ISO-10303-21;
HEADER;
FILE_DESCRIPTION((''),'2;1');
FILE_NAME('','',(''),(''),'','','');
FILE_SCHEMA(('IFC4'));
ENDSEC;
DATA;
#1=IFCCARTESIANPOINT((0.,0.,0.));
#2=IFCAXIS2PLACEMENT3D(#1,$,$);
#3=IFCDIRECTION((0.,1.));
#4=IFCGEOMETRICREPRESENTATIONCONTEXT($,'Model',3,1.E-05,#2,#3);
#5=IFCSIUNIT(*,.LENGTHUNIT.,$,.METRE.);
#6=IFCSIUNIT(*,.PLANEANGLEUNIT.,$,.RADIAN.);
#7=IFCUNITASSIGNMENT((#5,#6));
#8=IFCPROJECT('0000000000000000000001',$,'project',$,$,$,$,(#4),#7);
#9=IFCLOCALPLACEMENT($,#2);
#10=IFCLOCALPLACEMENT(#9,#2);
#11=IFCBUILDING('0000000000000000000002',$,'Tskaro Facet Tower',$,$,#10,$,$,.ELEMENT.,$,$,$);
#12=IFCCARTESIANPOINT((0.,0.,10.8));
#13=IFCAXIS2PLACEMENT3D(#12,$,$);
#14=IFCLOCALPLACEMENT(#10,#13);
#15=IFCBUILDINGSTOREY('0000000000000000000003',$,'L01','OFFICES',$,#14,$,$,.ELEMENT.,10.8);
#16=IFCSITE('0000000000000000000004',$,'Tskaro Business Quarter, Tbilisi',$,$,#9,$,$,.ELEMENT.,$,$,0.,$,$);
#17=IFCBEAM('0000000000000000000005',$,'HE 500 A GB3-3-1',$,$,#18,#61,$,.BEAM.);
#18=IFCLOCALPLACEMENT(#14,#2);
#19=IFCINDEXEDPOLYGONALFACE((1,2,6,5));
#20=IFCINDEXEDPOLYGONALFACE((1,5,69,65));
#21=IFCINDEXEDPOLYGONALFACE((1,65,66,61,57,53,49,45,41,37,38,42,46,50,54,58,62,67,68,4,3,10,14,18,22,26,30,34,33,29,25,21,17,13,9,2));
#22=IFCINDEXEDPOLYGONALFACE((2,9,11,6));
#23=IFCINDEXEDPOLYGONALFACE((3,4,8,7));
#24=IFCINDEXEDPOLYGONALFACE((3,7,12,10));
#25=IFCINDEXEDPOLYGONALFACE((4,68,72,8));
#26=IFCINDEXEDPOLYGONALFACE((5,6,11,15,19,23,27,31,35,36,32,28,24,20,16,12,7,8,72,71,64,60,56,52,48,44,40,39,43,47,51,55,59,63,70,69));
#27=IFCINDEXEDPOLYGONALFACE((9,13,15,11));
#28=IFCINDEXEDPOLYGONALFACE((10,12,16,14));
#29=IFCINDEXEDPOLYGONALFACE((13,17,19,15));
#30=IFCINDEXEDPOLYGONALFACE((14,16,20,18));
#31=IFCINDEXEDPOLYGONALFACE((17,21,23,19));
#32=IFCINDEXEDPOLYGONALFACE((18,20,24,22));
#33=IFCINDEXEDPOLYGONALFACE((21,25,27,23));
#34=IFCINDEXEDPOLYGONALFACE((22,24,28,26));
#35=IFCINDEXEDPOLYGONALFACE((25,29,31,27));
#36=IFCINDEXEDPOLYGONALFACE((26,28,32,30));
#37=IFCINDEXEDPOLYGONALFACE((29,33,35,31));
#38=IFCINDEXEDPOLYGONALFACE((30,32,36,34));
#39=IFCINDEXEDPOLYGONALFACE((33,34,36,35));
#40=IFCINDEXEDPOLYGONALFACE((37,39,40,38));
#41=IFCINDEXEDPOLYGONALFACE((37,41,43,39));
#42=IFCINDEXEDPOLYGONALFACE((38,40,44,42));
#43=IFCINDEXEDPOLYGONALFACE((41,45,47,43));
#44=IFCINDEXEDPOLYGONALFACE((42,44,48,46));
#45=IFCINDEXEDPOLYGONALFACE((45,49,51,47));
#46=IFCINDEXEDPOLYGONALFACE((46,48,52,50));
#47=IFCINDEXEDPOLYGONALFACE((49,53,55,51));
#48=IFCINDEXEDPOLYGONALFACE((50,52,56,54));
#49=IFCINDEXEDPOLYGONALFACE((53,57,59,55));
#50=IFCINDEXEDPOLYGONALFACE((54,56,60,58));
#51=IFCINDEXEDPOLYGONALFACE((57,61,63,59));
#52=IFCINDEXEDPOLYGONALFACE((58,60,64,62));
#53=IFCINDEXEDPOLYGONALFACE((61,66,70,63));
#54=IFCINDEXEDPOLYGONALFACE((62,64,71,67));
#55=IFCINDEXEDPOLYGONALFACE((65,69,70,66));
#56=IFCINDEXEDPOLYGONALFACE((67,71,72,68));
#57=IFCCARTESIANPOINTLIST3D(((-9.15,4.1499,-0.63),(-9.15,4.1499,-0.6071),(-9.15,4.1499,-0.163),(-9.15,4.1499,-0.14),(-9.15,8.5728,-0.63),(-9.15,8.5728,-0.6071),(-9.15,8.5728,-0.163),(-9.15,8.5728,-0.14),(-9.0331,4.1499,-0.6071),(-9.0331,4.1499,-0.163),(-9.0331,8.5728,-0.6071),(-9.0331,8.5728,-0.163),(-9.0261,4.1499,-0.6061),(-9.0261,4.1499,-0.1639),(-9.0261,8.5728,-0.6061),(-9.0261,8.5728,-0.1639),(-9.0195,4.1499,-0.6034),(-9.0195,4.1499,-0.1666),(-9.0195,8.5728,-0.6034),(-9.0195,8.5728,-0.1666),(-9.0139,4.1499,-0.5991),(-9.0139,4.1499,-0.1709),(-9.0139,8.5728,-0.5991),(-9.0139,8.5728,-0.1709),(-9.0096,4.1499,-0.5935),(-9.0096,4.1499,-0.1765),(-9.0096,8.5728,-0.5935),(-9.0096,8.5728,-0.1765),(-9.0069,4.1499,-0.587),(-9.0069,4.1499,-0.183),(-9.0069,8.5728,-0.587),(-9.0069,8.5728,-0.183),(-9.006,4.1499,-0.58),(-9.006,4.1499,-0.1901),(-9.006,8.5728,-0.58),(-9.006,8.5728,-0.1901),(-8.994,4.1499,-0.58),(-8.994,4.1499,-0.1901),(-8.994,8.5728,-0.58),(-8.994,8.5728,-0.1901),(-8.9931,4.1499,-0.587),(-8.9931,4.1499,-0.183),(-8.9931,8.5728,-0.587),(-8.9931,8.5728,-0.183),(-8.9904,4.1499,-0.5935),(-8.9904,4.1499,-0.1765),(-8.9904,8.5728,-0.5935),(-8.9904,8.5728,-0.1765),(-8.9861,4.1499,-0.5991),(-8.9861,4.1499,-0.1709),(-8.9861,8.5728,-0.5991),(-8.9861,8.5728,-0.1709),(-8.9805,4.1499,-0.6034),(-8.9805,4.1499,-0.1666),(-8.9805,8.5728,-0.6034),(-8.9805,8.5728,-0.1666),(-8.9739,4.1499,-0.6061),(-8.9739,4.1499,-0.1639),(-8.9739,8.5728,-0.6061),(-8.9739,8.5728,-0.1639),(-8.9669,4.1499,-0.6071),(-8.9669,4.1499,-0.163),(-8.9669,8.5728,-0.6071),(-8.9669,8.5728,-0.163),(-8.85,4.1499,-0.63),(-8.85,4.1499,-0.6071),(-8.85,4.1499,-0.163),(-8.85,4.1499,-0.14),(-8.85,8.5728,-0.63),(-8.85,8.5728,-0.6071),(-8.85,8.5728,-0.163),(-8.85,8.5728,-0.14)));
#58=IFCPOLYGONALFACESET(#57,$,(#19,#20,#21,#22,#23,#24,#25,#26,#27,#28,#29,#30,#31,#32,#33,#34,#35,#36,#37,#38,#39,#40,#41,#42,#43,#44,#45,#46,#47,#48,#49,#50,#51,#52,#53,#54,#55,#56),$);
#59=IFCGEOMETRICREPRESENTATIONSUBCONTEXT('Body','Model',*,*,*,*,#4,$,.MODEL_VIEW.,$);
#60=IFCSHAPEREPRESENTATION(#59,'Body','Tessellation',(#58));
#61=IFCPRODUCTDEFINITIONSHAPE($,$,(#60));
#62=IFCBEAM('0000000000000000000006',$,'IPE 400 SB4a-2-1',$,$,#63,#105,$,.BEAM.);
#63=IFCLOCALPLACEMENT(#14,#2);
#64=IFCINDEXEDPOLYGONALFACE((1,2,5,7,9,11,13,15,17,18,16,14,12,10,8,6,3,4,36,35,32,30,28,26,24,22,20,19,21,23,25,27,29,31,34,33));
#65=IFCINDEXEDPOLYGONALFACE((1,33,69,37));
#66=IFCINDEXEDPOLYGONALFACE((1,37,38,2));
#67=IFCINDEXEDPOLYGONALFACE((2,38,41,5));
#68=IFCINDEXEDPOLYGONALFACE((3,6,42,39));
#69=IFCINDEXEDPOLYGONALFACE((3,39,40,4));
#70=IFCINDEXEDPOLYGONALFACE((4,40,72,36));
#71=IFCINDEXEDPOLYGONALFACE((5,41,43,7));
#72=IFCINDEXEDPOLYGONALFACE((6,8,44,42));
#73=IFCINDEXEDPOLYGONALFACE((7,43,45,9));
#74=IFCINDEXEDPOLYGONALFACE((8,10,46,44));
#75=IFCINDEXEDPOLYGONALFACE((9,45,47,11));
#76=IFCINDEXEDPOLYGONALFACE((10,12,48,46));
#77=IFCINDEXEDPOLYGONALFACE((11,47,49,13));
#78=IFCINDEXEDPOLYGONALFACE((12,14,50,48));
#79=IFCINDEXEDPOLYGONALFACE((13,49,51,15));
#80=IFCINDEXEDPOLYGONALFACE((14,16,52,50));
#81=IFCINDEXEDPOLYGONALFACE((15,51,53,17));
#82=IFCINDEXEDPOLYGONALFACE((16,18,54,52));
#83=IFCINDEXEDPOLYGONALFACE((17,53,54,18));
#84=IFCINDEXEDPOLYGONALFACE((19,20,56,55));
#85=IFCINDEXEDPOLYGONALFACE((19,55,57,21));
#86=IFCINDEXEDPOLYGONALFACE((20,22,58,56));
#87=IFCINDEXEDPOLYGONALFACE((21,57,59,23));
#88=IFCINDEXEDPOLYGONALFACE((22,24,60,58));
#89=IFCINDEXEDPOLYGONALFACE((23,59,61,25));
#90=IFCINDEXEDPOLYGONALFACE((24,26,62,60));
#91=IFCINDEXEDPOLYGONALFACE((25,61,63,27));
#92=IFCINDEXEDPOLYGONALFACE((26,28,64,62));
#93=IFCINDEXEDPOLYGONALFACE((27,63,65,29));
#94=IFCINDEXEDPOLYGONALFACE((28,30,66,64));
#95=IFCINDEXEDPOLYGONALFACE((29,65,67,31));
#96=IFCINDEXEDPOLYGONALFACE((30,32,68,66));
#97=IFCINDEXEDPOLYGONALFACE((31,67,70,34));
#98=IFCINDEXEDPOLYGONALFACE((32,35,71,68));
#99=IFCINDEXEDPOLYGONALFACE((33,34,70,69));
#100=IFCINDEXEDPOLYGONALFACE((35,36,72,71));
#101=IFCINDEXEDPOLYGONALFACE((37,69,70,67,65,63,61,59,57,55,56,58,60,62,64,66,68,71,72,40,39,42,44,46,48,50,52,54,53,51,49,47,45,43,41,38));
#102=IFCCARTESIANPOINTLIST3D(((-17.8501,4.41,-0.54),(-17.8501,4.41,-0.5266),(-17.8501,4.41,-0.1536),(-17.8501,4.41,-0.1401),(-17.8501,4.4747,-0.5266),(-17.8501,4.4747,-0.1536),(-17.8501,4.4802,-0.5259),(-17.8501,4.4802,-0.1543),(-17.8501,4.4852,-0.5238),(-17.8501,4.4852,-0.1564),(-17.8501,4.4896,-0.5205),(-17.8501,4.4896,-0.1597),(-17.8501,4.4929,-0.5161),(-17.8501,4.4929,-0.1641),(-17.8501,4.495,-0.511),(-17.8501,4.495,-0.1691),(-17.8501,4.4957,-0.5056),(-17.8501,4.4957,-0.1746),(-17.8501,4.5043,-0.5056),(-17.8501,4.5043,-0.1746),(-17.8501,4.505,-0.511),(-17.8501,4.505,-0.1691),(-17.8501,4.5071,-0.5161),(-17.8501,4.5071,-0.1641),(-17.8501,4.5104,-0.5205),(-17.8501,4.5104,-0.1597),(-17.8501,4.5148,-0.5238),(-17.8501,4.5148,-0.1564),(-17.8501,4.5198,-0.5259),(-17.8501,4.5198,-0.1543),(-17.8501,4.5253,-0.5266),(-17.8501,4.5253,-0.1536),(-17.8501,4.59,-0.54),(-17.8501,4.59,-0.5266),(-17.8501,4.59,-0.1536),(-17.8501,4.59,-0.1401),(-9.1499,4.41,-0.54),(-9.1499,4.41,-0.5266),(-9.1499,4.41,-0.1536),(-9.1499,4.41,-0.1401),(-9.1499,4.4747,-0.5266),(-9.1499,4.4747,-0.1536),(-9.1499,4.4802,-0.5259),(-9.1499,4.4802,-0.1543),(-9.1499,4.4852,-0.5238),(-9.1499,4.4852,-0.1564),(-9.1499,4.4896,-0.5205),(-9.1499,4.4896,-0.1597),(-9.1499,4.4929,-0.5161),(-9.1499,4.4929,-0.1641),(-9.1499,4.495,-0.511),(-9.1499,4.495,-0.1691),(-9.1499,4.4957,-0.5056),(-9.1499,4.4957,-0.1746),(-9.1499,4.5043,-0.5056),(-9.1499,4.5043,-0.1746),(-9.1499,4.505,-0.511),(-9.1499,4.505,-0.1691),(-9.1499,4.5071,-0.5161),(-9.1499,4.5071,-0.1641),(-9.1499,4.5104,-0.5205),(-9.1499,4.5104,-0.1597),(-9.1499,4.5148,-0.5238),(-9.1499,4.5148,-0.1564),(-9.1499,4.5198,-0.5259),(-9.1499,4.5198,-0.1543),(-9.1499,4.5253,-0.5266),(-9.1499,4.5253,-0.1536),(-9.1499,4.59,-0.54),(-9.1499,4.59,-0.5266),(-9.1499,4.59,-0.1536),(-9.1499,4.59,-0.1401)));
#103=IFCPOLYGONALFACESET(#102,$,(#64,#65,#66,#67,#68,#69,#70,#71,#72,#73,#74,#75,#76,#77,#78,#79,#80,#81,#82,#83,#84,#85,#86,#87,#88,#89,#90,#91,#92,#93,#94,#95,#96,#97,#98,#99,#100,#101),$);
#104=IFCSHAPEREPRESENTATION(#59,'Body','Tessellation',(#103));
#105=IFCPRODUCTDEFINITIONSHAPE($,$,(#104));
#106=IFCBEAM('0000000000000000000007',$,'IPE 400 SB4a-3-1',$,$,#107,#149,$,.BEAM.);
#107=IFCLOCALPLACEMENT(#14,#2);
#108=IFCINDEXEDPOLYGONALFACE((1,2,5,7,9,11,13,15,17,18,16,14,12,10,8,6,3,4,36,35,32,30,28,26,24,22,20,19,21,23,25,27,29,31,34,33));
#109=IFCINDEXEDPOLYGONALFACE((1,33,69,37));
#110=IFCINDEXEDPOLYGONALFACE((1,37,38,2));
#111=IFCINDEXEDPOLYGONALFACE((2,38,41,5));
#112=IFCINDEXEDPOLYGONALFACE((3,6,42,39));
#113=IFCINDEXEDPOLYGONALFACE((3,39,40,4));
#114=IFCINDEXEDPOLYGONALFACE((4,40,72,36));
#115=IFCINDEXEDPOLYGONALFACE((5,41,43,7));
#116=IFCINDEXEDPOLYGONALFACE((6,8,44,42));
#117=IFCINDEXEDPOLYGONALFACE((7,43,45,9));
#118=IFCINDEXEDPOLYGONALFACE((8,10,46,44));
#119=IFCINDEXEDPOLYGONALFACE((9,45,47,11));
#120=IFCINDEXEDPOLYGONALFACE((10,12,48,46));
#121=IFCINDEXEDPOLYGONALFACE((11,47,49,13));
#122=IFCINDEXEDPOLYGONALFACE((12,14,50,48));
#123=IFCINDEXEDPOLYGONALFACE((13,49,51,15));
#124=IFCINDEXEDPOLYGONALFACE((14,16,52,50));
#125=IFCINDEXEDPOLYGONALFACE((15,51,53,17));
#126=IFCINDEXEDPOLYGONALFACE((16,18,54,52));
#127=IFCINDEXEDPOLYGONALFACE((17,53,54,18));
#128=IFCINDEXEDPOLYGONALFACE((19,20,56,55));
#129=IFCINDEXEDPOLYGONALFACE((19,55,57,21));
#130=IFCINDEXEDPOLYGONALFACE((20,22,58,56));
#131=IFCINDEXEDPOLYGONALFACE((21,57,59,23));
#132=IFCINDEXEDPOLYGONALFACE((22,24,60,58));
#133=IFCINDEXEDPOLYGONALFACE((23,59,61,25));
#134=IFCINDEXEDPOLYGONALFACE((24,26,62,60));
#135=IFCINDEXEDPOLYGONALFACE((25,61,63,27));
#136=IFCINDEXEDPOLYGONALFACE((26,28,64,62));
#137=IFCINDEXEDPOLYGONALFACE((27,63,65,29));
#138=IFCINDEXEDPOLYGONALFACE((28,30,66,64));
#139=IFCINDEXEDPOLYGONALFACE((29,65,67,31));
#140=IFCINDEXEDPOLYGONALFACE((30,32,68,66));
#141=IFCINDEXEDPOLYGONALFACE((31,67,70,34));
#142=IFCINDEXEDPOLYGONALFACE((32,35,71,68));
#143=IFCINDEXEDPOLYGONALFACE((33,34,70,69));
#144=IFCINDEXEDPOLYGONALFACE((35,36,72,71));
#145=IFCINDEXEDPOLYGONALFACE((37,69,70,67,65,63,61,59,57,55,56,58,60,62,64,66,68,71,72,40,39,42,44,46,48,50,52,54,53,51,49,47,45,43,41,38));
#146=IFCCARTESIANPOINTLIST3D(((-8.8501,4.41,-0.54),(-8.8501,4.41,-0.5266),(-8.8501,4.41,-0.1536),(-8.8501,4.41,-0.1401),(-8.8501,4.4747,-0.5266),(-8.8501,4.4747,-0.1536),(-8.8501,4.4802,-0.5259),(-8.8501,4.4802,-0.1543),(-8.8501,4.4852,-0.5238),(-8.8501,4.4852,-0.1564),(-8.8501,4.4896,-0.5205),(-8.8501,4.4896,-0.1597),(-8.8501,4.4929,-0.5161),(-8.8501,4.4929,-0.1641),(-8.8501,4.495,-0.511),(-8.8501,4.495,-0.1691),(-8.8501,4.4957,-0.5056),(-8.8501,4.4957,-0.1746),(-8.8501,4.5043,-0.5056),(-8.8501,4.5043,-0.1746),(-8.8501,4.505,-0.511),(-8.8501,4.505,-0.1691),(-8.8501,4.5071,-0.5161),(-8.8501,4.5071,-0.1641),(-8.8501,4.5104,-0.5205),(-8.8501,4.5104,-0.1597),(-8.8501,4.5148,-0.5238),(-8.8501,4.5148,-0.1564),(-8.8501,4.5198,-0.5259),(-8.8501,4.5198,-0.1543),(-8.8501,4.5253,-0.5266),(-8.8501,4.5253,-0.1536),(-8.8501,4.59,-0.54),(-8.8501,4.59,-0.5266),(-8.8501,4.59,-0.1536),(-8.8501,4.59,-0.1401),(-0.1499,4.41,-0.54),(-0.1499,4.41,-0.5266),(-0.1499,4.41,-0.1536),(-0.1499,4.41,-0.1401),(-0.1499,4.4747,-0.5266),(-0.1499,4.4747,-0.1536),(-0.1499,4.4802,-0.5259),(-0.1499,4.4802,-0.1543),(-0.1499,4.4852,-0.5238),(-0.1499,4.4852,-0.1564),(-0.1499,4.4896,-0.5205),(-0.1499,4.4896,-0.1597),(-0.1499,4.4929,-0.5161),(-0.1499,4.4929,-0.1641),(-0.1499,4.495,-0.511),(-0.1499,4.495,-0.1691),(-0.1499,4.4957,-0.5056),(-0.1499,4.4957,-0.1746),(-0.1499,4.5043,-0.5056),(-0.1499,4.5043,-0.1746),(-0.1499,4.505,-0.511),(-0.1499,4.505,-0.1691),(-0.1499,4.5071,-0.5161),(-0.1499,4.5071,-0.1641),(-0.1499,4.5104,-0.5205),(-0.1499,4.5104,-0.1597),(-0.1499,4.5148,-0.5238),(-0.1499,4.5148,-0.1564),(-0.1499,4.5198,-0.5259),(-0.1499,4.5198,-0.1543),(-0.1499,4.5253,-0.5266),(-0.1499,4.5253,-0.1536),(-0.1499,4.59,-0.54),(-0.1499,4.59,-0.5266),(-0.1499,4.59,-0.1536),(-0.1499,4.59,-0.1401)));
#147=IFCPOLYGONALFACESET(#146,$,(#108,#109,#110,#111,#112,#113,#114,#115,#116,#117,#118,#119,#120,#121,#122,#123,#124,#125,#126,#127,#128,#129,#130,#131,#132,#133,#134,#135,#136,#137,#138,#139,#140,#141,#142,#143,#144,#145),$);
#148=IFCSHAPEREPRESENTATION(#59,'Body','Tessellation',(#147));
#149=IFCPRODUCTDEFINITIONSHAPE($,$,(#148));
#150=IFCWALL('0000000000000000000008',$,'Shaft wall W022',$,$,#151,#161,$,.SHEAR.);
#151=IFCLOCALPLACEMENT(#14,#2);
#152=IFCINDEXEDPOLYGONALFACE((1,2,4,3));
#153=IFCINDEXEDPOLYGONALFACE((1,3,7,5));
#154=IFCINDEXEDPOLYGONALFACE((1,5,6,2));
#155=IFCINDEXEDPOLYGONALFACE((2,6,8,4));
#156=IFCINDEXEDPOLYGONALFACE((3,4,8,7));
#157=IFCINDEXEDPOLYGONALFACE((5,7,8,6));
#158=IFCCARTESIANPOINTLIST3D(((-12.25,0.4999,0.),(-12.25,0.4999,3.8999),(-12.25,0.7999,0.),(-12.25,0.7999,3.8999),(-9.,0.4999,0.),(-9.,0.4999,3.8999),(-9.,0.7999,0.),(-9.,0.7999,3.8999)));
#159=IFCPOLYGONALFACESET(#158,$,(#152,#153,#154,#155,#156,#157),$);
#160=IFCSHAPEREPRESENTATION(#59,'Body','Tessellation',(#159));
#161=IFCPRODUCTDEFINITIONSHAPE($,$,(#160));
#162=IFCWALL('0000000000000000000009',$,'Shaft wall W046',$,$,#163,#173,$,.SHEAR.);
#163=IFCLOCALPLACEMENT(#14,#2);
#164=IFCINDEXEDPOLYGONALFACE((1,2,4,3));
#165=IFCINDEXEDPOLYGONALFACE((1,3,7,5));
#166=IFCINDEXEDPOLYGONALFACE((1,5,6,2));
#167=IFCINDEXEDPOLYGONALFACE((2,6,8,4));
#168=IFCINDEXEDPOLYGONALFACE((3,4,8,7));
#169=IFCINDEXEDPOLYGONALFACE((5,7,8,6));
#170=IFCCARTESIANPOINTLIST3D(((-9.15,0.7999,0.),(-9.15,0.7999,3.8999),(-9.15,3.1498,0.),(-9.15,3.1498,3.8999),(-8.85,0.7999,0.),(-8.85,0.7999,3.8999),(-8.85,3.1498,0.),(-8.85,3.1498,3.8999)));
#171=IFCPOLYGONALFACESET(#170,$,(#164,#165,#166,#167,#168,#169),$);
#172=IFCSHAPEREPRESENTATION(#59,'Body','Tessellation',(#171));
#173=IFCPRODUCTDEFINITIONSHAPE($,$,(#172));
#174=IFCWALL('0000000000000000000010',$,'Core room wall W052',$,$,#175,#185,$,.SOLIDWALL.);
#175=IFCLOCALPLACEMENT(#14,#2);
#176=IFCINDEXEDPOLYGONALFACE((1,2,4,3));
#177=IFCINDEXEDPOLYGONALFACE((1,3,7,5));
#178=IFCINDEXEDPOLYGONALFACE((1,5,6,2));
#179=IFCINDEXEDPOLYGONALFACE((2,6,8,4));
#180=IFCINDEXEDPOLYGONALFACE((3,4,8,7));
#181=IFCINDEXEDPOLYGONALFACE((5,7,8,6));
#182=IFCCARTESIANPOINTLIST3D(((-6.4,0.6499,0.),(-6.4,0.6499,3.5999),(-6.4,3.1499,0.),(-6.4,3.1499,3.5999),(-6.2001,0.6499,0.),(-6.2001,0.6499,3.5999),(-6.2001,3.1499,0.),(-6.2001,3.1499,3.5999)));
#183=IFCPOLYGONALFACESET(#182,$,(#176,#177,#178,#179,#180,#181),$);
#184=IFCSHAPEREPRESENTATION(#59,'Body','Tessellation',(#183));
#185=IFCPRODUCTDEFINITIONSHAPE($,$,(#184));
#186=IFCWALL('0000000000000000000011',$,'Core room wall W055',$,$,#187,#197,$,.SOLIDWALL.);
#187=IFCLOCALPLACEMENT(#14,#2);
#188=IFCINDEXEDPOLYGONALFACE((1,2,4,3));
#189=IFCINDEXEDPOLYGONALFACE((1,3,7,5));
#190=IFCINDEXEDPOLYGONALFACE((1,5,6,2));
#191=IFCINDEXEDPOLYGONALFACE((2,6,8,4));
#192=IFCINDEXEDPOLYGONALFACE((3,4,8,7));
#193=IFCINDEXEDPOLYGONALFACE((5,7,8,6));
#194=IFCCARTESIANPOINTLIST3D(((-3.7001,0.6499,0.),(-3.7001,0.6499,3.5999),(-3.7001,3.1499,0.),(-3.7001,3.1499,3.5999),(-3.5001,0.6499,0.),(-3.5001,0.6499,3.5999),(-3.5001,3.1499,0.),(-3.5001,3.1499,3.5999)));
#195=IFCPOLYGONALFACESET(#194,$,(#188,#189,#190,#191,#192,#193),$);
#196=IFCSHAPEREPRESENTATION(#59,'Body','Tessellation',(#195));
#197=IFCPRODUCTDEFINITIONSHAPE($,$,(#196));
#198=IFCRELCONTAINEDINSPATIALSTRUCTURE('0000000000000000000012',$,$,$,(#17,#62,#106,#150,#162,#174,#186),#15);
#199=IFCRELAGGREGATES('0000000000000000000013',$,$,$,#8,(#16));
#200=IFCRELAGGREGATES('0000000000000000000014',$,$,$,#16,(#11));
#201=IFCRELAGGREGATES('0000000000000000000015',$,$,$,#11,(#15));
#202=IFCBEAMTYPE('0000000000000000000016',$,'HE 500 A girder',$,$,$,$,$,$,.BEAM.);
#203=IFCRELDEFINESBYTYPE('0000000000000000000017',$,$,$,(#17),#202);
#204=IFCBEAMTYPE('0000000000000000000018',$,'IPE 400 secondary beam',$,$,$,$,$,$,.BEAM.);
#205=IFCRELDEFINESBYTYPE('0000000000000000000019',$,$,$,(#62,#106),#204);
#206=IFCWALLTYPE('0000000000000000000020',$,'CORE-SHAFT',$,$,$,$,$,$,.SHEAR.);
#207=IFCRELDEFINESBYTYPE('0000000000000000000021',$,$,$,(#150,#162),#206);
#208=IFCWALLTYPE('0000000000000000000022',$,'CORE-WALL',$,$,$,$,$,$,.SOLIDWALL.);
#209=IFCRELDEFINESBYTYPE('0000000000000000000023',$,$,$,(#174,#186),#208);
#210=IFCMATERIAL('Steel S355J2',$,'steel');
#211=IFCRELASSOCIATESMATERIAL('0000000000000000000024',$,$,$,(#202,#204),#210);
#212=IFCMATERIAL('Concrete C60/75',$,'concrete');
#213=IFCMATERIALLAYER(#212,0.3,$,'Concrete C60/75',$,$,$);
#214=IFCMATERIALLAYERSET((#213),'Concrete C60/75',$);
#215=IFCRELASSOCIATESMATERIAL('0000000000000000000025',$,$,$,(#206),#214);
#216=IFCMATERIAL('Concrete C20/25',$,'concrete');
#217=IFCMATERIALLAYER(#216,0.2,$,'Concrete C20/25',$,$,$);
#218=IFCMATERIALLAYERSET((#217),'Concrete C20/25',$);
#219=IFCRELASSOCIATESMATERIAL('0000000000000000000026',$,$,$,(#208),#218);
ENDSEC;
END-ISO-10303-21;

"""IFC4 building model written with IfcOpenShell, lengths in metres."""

from ifc_helpers import new_model, si_unit, direction, frame, frame_2d, origin, origin_2d, place, context, subcontext, project, spatial, rectangle, i_section, extrude, material, layer, layer_set, material_profile, profile_set, type_object, element, save


model = new_model("IFC4")

# Units and contexts
model_context = context("Model", 3, precision=1e-05, world=origin(), true_north=direction((0.0, 1.0)))
body_context = subcontext(model_context, "Body", "Model", "MODEL_VIEW")
ifc_project = project(units=[si_unit("LENGTHUNIT", "METRE"), si_unit("PLANEANGLEUNIT", "RADIAN")], contexts=[model_context])

# Site, building, storey
site_placement = place(None, origin())
site = spatial("IfcSite", under=ifc_project, at=site_placement, Name="Tskaro Business Quarter, Tbilisi", CompositionType="ELEMENT", RefElevation=0.0)
building_placement = place(site_placement, origin())
building = spatial("IfcBuilding", under=site, at=building_placement, Name="Tskaro Facet Tower", CompositionType="ELEMENT")
storey_placement = place(building_placement, frame((0.0, 0.0, 10.8)))
storey = spatial("IfcBuildingStorey", under=building, at=storey_placement, Name="L01", Description="OFFICES", CompositionType="ELEMENT", Elevation=10.8)

# Beams
ifc_material_1 = material(Name="Steel S355J2", Category="steel")
ifc_material_profile_1 = material_profile(ifc_material_1, i_section(OverallWidth=0.3, OverallDepth=0.49, WebThickness=0.012, FlangeThickness=0.0229, FilletRadius=0.0271, at=origin_2d()), Name="HE 500 A")
ifc_profile_set_1 = profile_set([ifc_material_profile_1], Name="Steel S355J2")
beam_type_1 = type_object("IfcBeamType", Name="HE 500 A girder", PredefinedType="BEAM", material=ifc_profile_set_1)
beam_placement = place(storey_placement, frame((-9.0, 4.1499, -0.385), z_axis=(0.0, 1.0, 0.0), x_axis=(-1.0, 0.0, 0.0)))
element("IfcBeam", 1, at=beam_placement, inside=storey, type_object=beam_type_1, Name="HE 500 A GB3-3-1", PredefinedType="BEAM", context=body_context, shape_type="SweptSolid", body=[
    extrude(i_section(OverallWidth=0.3, OverallDepth=0.49, WebThickness=0.012, FlangeThickness=0.0229, FilletRadius=0.0271, at=origin_2d()), origin(), (0.0, 0.0, 1.0), 4.4229),
])
ifc_material_profile_2 = material_profile(ifc_material_1, i_section(OverallWidth=0.1799, OverallDepth=0.3999, WebThickness=0.0085, FlangeThickness=0.0134, FilletRadius=0.021, at=origin_2d()), Name="IPE 400")
ifc_profile_set_2 = profile_set([ifc_material_profile_2], Name="Steel S355J2")
beam_type_2 = type_object("IfcBeamType", Name="IPE 400 secondary beam", PredefinedType="BEAM", material=ifc_profile_set_2)
for number, where, z_axis, x_axis, name in (
    (2, (-17.8501, 4.5, -0.3401), (1.0, 0.0, 0.0), (0.0, 1.0, 0.0), "IPE 400 SB4a-2-1"),
    (3, (-8.8501, 4.5, -0.3401), (1.0, 0.0, 0.0), (0.0, 1.0, 0.0), "IPE 400 SB4a-3-1"),
):
    element("IfcBeam", number, at=place(storey_placement, frame(where, z_axis=z_axis, x_axis=x_axis)), inside=storey, type_object=beam_type_2, Name=name, PredefinedType="BEAM", context=body_context, shape_type="SweptSolid", body=[
        extrude(i_section(OverallWidth=0.1799, OverallDepth=0.3999, WebThickness=0.0085, FlangeThickness=0.0134, FilletRadius=0.021, at=origin_2d()), origin(), (0.0, 0.0, 1.0), 8.7002),
    ])

# Walls
ifc_material_2 = material(Name="Concrete C60/75", Category="concrete")
ifc_layer_1 = layer(ifc_material_2, 0.3, Name="Concrete C60/75")
ifc_layer_set_1 = layer_set([ifc_layer_1], Name="Concrete C60/75")
wall_type_1 = type_object("IfcWallType", Name="CORE-SHAFT", PredefinedType="SHEAR", material=ifc_layer_set_1)
wall_1_placement = place(storey_placement, frame((-9.0, 0.6499, 0.0), z_axis=(0.0, 0.0, 1.0), x_axis=(-1.0, 0.0, 0.0)))
element("IfcWall", 4, at=wall_1_placement, inside=storey, type_object=wall_type_1, Name="Shaft wall W022", PredefinedType="SHEAR", context=body_context, shape_type="SweptSolid", body=[
    extrude(rectangle(XDim=3.25, YDim=0.3, at=frame_2d((1.625, 0.0))), origin(), (0.0, 0.0, 1.0), 3.8999),
])
wall_2_placement = place(storey_placement, frame((-9.0, 0.8, 0.0), z_axis=(0.0, 0.0, 1.0), x_axis=(0.0, 1.0, 0.0)))
element("IfcWall", 5, at=wall_2_placement, inside=storey, type_object=wall_type_1, Name="Shaft wall W046", PredefinedType="SHEAR", context=body_context, shape_type="SweptSolid", body=[
    extrude(rectangle(XDim=2.3499, YDim=0.3, at=frame_2d((1.1748, 0.0))), origin(), (0.0, 0.0, 1.0), 3.8999),
])
ifc_material_3 = material(Name="Concrete C20/25", Category="concrete")
ifc_layer_2 = layer(ifc_material_3, 0.2, Name="Concrete C20/25")
ifc_layer_set_2 = layer_set([ifc_layer_2], Name="Concrete C20/25")
wall_type_2 = type_object("IfcWallType", Name="CORE-WALL", PredefinedType="SOLIDWALL", material=ifc_layer_set_2)
for number, where, z_axis, x_axis, name in (
    (6, (-6.3, 0.6499, 0.0), (0.0, 0.0, 1.0), (0.0, 1.0, 0.0), "Core room wall W052"),
    (7, (-3.6001, 0.6499, 0.0), (0.0, 0.0, 1.0), (0.0, 1.0, 0.0), "Core room wall W055"),
):
    element("IfcWall", number, at=place(storey_placement, frame(where, z_axis=z_axis, x_axis=x_axis)), inside=storey, type_object=wall_type_2, Name=name, PredefinedType="SOLIDWALL", context=body_context, shape_type="SweptSolid", body=[
        extrude(rectangle(XDim=2.5, YDim=0.2, at=frame_2d((1.25, 0.0))), origin(), (0.0, 0.0, 1.0), 3.5999),
    ])

save(model, "model.ifc")
